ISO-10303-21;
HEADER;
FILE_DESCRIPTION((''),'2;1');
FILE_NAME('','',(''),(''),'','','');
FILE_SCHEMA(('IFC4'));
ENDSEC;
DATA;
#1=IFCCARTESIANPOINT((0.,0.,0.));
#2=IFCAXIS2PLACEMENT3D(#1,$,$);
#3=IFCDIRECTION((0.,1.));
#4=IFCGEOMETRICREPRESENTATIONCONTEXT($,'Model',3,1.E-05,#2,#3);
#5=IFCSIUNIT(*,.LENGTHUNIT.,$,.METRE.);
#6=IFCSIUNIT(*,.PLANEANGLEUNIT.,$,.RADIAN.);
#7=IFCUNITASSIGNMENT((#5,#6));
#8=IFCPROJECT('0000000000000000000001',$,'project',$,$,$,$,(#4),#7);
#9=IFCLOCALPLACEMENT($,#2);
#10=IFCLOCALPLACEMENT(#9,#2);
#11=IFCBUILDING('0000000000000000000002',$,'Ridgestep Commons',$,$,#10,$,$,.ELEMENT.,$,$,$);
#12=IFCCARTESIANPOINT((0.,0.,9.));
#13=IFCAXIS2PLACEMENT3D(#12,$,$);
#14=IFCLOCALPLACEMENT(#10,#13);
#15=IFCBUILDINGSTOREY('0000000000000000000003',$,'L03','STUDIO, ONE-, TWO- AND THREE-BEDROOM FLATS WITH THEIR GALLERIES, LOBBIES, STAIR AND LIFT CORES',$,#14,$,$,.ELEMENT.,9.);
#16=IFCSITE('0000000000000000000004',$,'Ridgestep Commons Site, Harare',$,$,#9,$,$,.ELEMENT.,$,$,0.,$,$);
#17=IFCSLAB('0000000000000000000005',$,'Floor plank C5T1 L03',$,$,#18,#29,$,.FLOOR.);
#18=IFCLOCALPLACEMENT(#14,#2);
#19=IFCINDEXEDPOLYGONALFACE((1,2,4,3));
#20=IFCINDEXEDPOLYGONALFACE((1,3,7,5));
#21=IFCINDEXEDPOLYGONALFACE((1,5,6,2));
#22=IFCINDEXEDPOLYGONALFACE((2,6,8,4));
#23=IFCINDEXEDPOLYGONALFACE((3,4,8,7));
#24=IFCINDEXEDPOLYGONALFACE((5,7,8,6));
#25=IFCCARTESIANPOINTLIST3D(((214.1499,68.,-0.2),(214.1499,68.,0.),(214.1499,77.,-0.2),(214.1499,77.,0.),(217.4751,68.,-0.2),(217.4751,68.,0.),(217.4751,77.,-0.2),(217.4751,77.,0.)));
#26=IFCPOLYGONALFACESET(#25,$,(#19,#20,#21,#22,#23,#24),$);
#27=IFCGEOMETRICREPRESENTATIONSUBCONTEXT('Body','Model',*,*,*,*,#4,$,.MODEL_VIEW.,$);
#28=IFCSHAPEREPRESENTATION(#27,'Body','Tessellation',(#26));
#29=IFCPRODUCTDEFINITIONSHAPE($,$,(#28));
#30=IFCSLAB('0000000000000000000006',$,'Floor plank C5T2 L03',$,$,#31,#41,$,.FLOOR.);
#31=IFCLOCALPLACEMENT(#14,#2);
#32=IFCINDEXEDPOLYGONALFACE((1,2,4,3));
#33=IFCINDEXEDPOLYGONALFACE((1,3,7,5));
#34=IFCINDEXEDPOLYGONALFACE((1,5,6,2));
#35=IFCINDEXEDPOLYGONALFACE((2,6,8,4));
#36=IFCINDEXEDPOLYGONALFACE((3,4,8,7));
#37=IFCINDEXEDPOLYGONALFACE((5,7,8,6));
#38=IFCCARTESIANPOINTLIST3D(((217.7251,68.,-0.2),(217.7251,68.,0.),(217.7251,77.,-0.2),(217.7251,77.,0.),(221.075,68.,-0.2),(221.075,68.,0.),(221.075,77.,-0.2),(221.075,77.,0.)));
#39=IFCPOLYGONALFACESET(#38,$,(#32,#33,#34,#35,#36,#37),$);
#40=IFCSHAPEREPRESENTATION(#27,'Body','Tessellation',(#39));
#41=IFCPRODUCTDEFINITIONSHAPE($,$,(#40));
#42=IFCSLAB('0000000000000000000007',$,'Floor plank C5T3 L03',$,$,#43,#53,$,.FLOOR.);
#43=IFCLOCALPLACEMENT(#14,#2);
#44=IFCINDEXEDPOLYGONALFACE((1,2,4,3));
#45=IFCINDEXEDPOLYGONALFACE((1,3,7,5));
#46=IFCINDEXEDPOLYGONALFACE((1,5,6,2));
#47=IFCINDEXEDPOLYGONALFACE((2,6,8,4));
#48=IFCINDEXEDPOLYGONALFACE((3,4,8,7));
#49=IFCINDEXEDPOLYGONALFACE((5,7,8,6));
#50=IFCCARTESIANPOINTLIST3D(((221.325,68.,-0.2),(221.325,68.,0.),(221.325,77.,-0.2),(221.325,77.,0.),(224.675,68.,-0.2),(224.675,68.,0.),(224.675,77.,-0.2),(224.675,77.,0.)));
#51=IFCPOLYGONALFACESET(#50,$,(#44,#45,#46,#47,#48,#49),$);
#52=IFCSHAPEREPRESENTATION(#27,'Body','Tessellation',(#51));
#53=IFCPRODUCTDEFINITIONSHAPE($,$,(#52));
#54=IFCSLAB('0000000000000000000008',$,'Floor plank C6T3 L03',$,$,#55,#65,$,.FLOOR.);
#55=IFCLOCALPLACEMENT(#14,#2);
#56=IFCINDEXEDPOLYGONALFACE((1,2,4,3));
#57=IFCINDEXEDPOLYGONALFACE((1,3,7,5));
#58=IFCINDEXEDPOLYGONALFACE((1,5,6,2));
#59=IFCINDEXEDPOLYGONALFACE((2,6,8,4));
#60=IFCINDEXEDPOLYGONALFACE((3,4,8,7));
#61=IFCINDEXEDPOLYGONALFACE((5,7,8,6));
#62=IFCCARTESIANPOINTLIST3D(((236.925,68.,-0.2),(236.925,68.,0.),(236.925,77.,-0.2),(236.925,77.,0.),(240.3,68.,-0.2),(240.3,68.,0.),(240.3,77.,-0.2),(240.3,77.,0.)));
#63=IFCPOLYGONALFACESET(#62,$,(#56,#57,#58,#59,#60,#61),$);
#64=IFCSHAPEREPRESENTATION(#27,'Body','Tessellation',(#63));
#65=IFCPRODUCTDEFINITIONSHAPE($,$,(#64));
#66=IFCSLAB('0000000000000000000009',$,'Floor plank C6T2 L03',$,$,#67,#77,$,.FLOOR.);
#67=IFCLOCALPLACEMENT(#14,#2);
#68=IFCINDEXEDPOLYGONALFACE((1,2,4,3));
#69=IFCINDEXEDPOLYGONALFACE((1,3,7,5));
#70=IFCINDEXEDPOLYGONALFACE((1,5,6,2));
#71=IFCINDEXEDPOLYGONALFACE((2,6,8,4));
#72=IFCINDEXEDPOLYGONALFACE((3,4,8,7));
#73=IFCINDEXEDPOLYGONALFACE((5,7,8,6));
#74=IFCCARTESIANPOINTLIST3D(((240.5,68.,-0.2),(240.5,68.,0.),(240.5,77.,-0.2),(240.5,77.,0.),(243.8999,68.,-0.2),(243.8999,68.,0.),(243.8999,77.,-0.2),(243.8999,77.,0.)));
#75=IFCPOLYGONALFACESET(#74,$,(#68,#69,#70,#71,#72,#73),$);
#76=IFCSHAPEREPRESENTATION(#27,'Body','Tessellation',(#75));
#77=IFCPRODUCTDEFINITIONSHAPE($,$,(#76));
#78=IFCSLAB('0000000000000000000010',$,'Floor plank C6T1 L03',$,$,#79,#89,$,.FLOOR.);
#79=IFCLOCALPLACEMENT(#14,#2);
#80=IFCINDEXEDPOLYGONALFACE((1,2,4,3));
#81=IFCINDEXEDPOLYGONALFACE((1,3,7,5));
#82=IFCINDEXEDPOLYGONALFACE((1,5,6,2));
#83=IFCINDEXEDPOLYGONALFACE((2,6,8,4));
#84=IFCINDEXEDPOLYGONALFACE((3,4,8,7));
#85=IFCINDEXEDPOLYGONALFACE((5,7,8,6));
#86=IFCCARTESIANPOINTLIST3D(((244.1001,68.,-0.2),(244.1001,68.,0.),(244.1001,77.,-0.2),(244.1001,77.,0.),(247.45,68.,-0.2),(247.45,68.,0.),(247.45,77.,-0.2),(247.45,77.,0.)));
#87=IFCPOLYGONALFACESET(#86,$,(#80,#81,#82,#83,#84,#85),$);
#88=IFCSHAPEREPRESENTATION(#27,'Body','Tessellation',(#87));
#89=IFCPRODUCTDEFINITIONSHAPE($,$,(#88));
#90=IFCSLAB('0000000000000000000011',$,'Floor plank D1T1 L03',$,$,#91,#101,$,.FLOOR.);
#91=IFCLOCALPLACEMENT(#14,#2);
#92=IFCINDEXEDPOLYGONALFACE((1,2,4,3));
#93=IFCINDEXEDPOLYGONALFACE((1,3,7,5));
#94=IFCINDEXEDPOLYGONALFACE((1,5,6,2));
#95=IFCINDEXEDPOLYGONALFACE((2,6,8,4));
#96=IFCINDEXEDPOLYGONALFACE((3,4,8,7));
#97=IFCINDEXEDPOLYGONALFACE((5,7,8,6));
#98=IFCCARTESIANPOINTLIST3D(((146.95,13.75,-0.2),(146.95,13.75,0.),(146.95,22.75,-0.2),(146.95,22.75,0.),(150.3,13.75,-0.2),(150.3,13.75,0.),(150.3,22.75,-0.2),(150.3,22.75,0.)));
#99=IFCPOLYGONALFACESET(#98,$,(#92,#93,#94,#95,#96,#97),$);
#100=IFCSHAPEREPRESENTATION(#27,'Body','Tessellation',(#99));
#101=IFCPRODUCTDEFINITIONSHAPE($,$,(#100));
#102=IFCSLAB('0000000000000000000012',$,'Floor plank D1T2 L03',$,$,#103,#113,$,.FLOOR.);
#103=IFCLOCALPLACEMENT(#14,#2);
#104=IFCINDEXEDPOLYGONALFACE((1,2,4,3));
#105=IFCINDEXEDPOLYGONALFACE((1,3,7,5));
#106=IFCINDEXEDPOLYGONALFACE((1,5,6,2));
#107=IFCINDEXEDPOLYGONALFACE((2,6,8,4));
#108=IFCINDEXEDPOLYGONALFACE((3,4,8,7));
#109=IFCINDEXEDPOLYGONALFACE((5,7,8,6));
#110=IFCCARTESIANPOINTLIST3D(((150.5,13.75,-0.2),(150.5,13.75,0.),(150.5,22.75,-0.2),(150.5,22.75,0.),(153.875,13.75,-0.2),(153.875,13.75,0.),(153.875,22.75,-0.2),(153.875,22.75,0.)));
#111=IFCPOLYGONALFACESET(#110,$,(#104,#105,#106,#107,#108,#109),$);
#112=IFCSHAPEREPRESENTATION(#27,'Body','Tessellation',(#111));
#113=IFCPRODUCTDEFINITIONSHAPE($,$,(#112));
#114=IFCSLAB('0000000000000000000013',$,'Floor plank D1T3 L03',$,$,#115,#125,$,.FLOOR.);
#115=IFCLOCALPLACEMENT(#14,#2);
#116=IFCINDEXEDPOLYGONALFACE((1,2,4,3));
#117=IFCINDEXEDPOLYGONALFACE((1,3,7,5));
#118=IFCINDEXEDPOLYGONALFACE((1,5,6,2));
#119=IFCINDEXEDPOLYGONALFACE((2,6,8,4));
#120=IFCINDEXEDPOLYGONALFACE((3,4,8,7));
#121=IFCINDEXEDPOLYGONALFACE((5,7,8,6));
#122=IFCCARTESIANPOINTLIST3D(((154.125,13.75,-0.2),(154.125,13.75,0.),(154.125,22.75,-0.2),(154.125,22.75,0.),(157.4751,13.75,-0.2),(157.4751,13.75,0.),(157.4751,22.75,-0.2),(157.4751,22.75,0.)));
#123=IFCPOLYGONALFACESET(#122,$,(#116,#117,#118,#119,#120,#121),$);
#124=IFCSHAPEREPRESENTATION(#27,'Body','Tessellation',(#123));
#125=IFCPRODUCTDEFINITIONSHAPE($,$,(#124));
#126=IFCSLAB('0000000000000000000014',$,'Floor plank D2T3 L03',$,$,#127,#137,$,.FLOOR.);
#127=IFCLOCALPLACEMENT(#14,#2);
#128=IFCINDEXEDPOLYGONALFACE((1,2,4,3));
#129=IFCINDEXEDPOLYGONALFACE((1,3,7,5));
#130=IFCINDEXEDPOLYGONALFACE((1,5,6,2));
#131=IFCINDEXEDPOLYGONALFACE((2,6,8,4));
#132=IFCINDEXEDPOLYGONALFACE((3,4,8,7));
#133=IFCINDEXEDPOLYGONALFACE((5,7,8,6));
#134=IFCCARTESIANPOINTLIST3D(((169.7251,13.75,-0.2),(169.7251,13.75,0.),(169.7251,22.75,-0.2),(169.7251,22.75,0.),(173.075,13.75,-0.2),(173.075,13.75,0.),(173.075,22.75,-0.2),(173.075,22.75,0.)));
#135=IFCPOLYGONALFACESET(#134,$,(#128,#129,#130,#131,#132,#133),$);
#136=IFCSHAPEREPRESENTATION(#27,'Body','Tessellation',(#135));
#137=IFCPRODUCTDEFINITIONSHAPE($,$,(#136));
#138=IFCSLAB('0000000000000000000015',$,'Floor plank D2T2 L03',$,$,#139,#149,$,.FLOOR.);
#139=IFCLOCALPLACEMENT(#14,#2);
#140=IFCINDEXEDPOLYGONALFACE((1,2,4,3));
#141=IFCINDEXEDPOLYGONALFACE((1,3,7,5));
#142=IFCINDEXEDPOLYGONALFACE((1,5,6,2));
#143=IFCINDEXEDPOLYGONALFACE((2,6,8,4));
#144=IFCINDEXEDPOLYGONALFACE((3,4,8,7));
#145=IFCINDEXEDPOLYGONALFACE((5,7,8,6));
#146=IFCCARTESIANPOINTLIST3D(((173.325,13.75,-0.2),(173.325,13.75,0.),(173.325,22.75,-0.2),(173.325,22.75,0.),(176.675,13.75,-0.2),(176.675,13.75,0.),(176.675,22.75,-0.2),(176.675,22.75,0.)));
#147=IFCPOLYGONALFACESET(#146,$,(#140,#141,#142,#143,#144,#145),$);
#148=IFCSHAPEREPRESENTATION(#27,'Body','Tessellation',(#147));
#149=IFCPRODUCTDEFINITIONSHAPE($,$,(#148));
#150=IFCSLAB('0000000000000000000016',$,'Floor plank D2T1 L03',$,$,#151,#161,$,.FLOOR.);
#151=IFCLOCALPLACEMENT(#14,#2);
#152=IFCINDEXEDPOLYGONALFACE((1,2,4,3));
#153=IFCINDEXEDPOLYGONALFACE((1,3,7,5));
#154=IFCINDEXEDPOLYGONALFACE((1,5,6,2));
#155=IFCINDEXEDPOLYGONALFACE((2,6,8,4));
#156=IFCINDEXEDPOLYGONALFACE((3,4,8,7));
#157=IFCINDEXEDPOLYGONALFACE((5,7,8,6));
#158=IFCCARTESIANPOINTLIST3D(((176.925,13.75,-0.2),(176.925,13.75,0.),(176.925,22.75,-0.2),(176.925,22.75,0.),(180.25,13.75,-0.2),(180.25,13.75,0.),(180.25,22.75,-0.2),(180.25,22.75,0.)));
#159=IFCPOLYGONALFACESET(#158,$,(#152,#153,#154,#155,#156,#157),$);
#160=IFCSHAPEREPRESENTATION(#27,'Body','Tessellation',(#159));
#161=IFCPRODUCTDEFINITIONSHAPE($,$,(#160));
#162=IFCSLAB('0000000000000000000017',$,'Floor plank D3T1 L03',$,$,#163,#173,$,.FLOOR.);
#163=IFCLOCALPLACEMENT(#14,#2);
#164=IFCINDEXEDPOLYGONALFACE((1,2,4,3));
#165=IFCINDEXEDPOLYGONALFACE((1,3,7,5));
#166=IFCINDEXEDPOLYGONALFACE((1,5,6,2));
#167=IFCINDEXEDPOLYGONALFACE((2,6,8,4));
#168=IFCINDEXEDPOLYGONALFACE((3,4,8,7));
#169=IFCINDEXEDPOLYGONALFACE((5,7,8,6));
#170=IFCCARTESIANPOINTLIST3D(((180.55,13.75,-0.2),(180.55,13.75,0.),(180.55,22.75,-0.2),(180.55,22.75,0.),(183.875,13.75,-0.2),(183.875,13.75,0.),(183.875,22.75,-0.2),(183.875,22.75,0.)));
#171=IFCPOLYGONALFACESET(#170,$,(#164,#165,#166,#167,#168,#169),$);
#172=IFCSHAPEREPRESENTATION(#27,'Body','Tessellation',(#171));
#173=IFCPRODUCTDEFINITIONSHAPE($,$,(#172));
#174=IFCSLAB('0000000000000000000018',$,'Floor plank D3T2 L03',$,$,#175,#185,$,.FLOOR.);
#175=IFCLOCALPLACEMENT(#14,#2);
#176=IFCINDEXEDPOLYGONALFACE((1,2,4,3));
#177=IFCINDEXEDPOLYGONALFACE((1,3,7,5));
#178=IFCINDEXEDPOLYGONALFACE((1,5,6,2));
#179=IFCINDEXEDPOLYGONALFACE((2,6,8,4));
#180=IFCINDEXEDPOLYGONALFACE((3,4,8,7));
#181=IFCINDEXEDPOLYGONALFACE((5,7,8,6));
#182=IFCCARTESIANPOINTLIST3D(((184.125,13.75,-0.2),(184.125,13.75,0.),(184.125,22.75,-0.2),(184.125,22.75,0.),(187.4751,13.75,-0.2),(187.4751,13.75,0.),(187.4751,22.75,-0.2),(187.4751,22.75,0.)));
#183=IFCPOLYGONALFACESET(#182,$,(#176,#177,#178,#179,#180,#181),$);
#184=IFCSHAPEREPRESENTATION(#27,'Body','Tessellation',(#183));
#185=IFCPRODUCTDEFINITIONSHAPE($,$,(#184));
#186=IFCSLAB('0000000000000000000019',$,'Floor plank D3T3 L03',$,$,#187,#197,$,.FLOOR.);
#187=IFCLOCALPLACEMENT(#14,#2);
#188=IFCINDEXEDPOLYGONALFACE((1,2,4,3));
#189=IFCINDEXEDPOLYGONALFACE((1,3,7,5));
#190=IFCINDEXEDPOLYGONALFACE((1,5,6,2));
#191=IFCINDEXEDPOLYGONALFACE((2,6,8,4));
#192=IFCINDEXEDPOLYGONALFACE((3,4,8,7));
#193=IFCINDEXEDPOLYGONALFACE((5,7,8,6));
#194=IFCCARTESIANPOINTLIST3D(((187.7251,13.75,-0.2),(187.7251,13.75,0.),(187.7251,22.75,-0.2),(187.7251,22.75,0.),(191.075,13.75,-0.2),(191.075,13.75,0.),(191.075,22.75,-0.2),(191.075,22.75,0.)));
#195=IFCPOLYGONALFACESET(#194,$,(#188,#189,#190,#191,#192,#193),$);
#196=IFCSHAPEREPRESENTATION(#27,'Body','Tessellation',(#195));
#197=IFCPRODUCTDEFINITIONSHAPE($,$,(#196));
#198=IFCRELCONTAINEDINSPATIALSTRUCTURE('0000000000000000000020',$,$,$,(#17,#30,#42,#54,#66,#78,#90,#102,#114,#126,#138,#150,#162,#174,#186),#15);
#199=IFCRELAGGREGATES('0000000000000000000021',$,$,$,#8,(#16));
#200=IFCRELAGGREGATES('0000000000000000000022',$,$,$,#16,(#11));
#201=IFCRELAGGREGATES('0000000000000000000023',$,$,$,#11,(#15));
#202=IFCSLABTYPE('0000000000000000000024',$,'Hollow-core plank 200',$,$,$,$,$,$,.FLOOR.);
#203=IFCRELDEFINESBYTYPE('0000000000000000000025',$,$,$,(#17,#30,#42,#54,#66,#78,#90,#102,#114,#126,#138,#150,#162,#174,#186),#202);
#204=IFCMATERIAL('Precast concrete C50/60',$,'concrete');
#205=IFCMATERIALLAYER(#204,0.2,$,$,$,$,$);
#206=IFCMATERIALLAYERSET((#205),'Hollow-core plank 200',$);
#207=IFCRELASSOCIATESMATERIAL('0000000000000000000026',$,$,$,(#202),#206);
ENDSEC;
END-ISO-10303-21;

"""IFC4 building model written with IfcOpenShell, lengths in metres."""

from ifc_helpers import new_model, si_unit, direction, frame, origin, place, context, subcontext, project, spatial, polyline, outline, extrude, material, layer, layer_set, type_object, element, save


model = new_model("IFC4")

# Units and contexts
model_context = context("Model", 3, precision=1e-05, world=origin(), true_north=direction((0.0, 1.0)))
body_context = subcontext(model_context, "Body", "Model", "MODEL_VIEW")
ifc_project = project(units=[si_unit("LENGTHUNIT", "METRE"), si_unit("PLANEANGLEUNIT", "RADIAN")], contexts=[model_context])

# Site, building, storey
site_placement = place(None, origin())
site = spatial("IfcSite", under=ifc_project, at=site_placement, Name="Ridgestep Commons Site, Harare", CompositionType="ELEMENT", RefElevation=0.0)
building_placement = place(site_placement, origin())
building = spatial("IfcBuilding", under=site, at=building_placement, Name="Ridgestep Commons", CompositionType="ELEMENT")
storey_placement = place(building_placement, frame((0.0, 0.0, 9.0)))
storey = spatial("IfcBuildingStorey", under=building, at=storey_placement, Name="L03", Description="STUDIO, ONE-, TWO- AND THREE-BEDROOM FLATS WITH THEIR GALLERIES, LOBBIES, STAIR AND LIFT CORES", CompositionType="ELEMENT", Elevation=9.0)

# Slabs
ifc_material_1 = material(Name="Precast concrete C50/60", Category="concrete")
ifc_layer_1 = layer(ifc_material_1, 0.2)
ifc_layer_set_1 = layer_set([ifc_layer_1], Name="Hollow-core plank 200")
slab_type_1 = type_object("IfcSlabType", Name="Hollow-core plank 200", PredefinedType="FLOOR", material=ifc_layer_set_1)
slab_1_placement = place(storey_placement, frame((0.0, 0.0, -0.2)))
element("IfcSlab", 1, at=slab_1_placement, inside=storey, type_object=slab_type_1, Name="Floor plank C5T1 L03", PredefinedType="FLOOR", context=body_context, shape_type="SweptSolid", body=[
    extrude(outline(polyline([(217.4751, 68.0), (217.4751, 77.0), (214.1499, 77.0), (214.1499, 68.0), (217.4751, 68.0)])), origin(), (0.0, 0.0, 1.0), 0.2),
])
slab_2_placement = place(storey_placement, frame((0.0, 0.0, -0.2)))
element("IfcSlab", 2, at=slab_2_placement, inside=storey, type_object=slab_type_1, Name="Floor plank C5T2 L03", PredefinedType="FLOOR", context=body_context, shape_type="SweptSolid", body=[
    extrude(outline(polyline([(221.075, 68.0), (221.075, 77.0), (217.7251, 77.0), (217.7251, 68.0), (221.075, 68.0)])), origin(), (0.0, 0.0, 1.0), 0.2),
])
slab_3_placement = place(storey_placement, frame((0.0, 0.0, -0.2)))
element("IfcSlab", 3, at=slab_3_placement, inside=storey, type_object=slab_type_1, Name="Floor plank C5T3 L03", PredefinedType="FLOOR", context=body_context, shape_type="SweptSolid", body=[
    extrude(outline(polyline([(224.675, 68.0), (224.675, 77.0), (221.325, 77.0), (221.325, 68.0), (224.675, 68.0)])), origin(), (0.0, 0.0, 1.0), 0.2),
])
slab_4_placement = place(storey_placement, frame((0.0, 0.0, -0.2)))
element("IfcSlab", 4, at=slab_4_placement, inside=storey, type_object=slab_type_1, Name="Floor plank C6T3 L03", PredefinedType="FLOOR", context=body_context, shape_type="SweptSolid", body=[
    extrude(outline(polyline([(240.3, 68.0), (240.3, 77.0), (236.925, 77.0), (236.925, 68.0), (240.3, 68.0)])), origin(), (0.0, 0.0, 1.0), 0.2),
])
slab_5_placement = place(storey_placement, frame((0.0, 0.0, -0.2)))
element("IfcSlab", 5, at=slab_5_placement, inside=storey, type_object=slab_type_1, Name="Floor plank C6T2 L03", PredefinedType="FLOOR", context=body_context, shape_type="SweptSolid", body=[
    extrude(outline(polyline([(243.8999, 68.0), (243.8999, 77.0), (240.5, 77.0), (240.5, 68.0), (243.8999, 68.0)])), origin(), (0.0, 0.0, 1.0), 0.2),
])
slab_6_placement = place(storey_placement, frame((0.0, 0.0, -0.2)))
element("IfcSlab", 6, at=slab_6_placement, inside=storey, type_object=slab_type_1, Name="Floor plank C6T1 L03", PredefinedType="FLOOR", context=body_context, shape_type="SweptSolid", body=[
    extrude(outline(polyline([(247.45, 68.0), (247.45, 77.0), (244.1001, 77.0), (244.1001, 68.0), (247.45, 68.0)])), origin(), (0.0, 0.0, 1.0), 0.2),
])
slab_7_placement = place(storey_placement, frame((0.0, 0.0, -0.2)))
element("IfcSlab", 7, at=slab_7_placement, inside=storey, type_object=slab_type_1, Name="Floor plank D1T1 L03", PredefinedType="FLOOR", context=body_context, shape_type="SweptSolid", body=[
    extrude(outline(polyline([(150.3, 13.75), (150.3, 22.75), (146.95, 22.75), (146.95, 13.75), (150.3, 13.75)])), origin(), (0.0, 0.0, 1.0), 0.2),
])
slab_8_placement = place(storey_placement, frame((0.0, 0.0, -0.2)))
element("IfcSlab", 8, at=slab_8_placement, inside=storey, type_object=slab_type_1, Name="Floor plank D1T2 L03", PredefinedType="FLOOR", context=body_context, shape_type="SweptSolid", body=[
    extrude(outline(polyline([(153.875, 13.75), (153.875, 22.75), (150.5, 22.75), (150.5, 13.75), (153.875, 13.75)])), origin(), (0.0, 0.0, 1.0), 0.2),
])
slab_9_placement = place(storey_placement, frame((0.0, 0.0, -0.2)))
element("IfcSlab", 9, at=slab_9_placement, inside=storey, type_object=slab_type_1, Name="Floor plank D1T3 L03", PredefinedType="FLOOR", context=body_context, shape_type="SweptSolid", body=[
    extrude(outline(polyline([(157.4751, 13.75), (157.4751, 22.75), (154.125, 22.75), (154.125, 13.75), (157.4751, 13.75)])), origin(), (0.0, 0.0, 1.0), 0.2),
])
slab_10_placement = place(storey_placement, frame((0.0, 0.0, -0.2)))
element("IfcSlab", 10, at=slab_10_placement, inside=storey, type_object=slab_type_1, Name="Floor plank D2T3 L03", PredefinedType="FLOOR", context=body_context, shape_type="SweptSolid", body=[
    extrude(outline(polyline([(173.075, 13.75), (173.075, 22.75), (169.7251, 22.75), (169.7251, 13.75), (173.075, 13.75)])), origin(), (0.0, 0.0, 1.0), 0.2),
])
slab_11_placement = place(storey_placement, frame((0.0, 0.0, -0.2)))
element("IfcSlab", 11, at=slab_11_placement, inside=storey, type_object=slab_type_1, Name="Floor plank D2T2 L03", PredefinedType="FLOOR", context=body_context, shape_type="SweptSolid", body=[
    extrude(outline(polyline([(176.675, 13.75), (176.675, 22.75), (173.325, 22.75), (173.325, 13.75), (176.675, 13.75)])), origin(), (0.0, 0.0, 1.0), 0.2),
])
slab_12_placement = place(storey_placement, frame((0.0, 0.0, -0.2)))
element("IfcSlab", 12, at=slab_12_placement, inside=storey, type_object=slab_type_1, Name="Floor plank D2T1 L03", PredefinedType="FLOOR", context=body_context, shape_type="SweptSolid", body=[
    extrude(outline(polyline([(180.25, 13.75), (180.25, 22.75), (176.925, 22.75), (176.925, 13.75), (180.25, 13.75)])), origin(), (0.0, 0.0, 1.0), 0.2),
])
slab_13_placement = place(storey_placement, frame((0.0, 0.0, -0.2)))
element("IfcSlab", 13, at=slab_13_placement, inside=storey, type_object=slab_type_1, Name="Floor plank D3T1 L03", PredefinedType="FLOOR", context=body_context, shape_type="SweptSolid", body=[
    extrude(outline(polyline([(183.875, 13.75), (183.875, 22.75), (180.55, 22.75), (180.55, 13.75), (183.875, 13.75)])), origin(), (0.0, 0.0, 1.0), 0.2),
])
slab_14_placement = place(storey_placement, frame((0.0, 0.0, -0.2)))
element("IfcSlab", 14, at=slab_14_placement, inside=storey, type_object=slab_type_1, Name="Floor plank D3T2 L03", PredefinedType="FLOOR", context=body_context, shape_type="SweptSolid", body=[
    extrude(outline(polyline([(187.4751, 13.75), (187.4751, 22.75), (184.125, 22.75), (184.125, 13.75), (187.4751, 13.75)])), origin(), (0.0, 0.0, 1.0), 0.2),
])
slab_15_placement = place(storey_placement, frame((0.0, 0.0, -0.2)))
element("IfcSlab", 15, at=slab_15_placement, inside=storey, type_object=slab_type_1, Name="Floor plank D3T3 L03", PredefinedType="FLOOR", context=body_context, shape_type="SweptSolid", body=[
    extrude(outline(polyline([(191.075, 13.75), (191.075, 22.75), (187.7251, 22.75), (187.7251, 13.75), (191.075, 13.75)])), origin(), (0.0, 0.0, 1.0), 0.2),
])

save(model, "model.ifc")
